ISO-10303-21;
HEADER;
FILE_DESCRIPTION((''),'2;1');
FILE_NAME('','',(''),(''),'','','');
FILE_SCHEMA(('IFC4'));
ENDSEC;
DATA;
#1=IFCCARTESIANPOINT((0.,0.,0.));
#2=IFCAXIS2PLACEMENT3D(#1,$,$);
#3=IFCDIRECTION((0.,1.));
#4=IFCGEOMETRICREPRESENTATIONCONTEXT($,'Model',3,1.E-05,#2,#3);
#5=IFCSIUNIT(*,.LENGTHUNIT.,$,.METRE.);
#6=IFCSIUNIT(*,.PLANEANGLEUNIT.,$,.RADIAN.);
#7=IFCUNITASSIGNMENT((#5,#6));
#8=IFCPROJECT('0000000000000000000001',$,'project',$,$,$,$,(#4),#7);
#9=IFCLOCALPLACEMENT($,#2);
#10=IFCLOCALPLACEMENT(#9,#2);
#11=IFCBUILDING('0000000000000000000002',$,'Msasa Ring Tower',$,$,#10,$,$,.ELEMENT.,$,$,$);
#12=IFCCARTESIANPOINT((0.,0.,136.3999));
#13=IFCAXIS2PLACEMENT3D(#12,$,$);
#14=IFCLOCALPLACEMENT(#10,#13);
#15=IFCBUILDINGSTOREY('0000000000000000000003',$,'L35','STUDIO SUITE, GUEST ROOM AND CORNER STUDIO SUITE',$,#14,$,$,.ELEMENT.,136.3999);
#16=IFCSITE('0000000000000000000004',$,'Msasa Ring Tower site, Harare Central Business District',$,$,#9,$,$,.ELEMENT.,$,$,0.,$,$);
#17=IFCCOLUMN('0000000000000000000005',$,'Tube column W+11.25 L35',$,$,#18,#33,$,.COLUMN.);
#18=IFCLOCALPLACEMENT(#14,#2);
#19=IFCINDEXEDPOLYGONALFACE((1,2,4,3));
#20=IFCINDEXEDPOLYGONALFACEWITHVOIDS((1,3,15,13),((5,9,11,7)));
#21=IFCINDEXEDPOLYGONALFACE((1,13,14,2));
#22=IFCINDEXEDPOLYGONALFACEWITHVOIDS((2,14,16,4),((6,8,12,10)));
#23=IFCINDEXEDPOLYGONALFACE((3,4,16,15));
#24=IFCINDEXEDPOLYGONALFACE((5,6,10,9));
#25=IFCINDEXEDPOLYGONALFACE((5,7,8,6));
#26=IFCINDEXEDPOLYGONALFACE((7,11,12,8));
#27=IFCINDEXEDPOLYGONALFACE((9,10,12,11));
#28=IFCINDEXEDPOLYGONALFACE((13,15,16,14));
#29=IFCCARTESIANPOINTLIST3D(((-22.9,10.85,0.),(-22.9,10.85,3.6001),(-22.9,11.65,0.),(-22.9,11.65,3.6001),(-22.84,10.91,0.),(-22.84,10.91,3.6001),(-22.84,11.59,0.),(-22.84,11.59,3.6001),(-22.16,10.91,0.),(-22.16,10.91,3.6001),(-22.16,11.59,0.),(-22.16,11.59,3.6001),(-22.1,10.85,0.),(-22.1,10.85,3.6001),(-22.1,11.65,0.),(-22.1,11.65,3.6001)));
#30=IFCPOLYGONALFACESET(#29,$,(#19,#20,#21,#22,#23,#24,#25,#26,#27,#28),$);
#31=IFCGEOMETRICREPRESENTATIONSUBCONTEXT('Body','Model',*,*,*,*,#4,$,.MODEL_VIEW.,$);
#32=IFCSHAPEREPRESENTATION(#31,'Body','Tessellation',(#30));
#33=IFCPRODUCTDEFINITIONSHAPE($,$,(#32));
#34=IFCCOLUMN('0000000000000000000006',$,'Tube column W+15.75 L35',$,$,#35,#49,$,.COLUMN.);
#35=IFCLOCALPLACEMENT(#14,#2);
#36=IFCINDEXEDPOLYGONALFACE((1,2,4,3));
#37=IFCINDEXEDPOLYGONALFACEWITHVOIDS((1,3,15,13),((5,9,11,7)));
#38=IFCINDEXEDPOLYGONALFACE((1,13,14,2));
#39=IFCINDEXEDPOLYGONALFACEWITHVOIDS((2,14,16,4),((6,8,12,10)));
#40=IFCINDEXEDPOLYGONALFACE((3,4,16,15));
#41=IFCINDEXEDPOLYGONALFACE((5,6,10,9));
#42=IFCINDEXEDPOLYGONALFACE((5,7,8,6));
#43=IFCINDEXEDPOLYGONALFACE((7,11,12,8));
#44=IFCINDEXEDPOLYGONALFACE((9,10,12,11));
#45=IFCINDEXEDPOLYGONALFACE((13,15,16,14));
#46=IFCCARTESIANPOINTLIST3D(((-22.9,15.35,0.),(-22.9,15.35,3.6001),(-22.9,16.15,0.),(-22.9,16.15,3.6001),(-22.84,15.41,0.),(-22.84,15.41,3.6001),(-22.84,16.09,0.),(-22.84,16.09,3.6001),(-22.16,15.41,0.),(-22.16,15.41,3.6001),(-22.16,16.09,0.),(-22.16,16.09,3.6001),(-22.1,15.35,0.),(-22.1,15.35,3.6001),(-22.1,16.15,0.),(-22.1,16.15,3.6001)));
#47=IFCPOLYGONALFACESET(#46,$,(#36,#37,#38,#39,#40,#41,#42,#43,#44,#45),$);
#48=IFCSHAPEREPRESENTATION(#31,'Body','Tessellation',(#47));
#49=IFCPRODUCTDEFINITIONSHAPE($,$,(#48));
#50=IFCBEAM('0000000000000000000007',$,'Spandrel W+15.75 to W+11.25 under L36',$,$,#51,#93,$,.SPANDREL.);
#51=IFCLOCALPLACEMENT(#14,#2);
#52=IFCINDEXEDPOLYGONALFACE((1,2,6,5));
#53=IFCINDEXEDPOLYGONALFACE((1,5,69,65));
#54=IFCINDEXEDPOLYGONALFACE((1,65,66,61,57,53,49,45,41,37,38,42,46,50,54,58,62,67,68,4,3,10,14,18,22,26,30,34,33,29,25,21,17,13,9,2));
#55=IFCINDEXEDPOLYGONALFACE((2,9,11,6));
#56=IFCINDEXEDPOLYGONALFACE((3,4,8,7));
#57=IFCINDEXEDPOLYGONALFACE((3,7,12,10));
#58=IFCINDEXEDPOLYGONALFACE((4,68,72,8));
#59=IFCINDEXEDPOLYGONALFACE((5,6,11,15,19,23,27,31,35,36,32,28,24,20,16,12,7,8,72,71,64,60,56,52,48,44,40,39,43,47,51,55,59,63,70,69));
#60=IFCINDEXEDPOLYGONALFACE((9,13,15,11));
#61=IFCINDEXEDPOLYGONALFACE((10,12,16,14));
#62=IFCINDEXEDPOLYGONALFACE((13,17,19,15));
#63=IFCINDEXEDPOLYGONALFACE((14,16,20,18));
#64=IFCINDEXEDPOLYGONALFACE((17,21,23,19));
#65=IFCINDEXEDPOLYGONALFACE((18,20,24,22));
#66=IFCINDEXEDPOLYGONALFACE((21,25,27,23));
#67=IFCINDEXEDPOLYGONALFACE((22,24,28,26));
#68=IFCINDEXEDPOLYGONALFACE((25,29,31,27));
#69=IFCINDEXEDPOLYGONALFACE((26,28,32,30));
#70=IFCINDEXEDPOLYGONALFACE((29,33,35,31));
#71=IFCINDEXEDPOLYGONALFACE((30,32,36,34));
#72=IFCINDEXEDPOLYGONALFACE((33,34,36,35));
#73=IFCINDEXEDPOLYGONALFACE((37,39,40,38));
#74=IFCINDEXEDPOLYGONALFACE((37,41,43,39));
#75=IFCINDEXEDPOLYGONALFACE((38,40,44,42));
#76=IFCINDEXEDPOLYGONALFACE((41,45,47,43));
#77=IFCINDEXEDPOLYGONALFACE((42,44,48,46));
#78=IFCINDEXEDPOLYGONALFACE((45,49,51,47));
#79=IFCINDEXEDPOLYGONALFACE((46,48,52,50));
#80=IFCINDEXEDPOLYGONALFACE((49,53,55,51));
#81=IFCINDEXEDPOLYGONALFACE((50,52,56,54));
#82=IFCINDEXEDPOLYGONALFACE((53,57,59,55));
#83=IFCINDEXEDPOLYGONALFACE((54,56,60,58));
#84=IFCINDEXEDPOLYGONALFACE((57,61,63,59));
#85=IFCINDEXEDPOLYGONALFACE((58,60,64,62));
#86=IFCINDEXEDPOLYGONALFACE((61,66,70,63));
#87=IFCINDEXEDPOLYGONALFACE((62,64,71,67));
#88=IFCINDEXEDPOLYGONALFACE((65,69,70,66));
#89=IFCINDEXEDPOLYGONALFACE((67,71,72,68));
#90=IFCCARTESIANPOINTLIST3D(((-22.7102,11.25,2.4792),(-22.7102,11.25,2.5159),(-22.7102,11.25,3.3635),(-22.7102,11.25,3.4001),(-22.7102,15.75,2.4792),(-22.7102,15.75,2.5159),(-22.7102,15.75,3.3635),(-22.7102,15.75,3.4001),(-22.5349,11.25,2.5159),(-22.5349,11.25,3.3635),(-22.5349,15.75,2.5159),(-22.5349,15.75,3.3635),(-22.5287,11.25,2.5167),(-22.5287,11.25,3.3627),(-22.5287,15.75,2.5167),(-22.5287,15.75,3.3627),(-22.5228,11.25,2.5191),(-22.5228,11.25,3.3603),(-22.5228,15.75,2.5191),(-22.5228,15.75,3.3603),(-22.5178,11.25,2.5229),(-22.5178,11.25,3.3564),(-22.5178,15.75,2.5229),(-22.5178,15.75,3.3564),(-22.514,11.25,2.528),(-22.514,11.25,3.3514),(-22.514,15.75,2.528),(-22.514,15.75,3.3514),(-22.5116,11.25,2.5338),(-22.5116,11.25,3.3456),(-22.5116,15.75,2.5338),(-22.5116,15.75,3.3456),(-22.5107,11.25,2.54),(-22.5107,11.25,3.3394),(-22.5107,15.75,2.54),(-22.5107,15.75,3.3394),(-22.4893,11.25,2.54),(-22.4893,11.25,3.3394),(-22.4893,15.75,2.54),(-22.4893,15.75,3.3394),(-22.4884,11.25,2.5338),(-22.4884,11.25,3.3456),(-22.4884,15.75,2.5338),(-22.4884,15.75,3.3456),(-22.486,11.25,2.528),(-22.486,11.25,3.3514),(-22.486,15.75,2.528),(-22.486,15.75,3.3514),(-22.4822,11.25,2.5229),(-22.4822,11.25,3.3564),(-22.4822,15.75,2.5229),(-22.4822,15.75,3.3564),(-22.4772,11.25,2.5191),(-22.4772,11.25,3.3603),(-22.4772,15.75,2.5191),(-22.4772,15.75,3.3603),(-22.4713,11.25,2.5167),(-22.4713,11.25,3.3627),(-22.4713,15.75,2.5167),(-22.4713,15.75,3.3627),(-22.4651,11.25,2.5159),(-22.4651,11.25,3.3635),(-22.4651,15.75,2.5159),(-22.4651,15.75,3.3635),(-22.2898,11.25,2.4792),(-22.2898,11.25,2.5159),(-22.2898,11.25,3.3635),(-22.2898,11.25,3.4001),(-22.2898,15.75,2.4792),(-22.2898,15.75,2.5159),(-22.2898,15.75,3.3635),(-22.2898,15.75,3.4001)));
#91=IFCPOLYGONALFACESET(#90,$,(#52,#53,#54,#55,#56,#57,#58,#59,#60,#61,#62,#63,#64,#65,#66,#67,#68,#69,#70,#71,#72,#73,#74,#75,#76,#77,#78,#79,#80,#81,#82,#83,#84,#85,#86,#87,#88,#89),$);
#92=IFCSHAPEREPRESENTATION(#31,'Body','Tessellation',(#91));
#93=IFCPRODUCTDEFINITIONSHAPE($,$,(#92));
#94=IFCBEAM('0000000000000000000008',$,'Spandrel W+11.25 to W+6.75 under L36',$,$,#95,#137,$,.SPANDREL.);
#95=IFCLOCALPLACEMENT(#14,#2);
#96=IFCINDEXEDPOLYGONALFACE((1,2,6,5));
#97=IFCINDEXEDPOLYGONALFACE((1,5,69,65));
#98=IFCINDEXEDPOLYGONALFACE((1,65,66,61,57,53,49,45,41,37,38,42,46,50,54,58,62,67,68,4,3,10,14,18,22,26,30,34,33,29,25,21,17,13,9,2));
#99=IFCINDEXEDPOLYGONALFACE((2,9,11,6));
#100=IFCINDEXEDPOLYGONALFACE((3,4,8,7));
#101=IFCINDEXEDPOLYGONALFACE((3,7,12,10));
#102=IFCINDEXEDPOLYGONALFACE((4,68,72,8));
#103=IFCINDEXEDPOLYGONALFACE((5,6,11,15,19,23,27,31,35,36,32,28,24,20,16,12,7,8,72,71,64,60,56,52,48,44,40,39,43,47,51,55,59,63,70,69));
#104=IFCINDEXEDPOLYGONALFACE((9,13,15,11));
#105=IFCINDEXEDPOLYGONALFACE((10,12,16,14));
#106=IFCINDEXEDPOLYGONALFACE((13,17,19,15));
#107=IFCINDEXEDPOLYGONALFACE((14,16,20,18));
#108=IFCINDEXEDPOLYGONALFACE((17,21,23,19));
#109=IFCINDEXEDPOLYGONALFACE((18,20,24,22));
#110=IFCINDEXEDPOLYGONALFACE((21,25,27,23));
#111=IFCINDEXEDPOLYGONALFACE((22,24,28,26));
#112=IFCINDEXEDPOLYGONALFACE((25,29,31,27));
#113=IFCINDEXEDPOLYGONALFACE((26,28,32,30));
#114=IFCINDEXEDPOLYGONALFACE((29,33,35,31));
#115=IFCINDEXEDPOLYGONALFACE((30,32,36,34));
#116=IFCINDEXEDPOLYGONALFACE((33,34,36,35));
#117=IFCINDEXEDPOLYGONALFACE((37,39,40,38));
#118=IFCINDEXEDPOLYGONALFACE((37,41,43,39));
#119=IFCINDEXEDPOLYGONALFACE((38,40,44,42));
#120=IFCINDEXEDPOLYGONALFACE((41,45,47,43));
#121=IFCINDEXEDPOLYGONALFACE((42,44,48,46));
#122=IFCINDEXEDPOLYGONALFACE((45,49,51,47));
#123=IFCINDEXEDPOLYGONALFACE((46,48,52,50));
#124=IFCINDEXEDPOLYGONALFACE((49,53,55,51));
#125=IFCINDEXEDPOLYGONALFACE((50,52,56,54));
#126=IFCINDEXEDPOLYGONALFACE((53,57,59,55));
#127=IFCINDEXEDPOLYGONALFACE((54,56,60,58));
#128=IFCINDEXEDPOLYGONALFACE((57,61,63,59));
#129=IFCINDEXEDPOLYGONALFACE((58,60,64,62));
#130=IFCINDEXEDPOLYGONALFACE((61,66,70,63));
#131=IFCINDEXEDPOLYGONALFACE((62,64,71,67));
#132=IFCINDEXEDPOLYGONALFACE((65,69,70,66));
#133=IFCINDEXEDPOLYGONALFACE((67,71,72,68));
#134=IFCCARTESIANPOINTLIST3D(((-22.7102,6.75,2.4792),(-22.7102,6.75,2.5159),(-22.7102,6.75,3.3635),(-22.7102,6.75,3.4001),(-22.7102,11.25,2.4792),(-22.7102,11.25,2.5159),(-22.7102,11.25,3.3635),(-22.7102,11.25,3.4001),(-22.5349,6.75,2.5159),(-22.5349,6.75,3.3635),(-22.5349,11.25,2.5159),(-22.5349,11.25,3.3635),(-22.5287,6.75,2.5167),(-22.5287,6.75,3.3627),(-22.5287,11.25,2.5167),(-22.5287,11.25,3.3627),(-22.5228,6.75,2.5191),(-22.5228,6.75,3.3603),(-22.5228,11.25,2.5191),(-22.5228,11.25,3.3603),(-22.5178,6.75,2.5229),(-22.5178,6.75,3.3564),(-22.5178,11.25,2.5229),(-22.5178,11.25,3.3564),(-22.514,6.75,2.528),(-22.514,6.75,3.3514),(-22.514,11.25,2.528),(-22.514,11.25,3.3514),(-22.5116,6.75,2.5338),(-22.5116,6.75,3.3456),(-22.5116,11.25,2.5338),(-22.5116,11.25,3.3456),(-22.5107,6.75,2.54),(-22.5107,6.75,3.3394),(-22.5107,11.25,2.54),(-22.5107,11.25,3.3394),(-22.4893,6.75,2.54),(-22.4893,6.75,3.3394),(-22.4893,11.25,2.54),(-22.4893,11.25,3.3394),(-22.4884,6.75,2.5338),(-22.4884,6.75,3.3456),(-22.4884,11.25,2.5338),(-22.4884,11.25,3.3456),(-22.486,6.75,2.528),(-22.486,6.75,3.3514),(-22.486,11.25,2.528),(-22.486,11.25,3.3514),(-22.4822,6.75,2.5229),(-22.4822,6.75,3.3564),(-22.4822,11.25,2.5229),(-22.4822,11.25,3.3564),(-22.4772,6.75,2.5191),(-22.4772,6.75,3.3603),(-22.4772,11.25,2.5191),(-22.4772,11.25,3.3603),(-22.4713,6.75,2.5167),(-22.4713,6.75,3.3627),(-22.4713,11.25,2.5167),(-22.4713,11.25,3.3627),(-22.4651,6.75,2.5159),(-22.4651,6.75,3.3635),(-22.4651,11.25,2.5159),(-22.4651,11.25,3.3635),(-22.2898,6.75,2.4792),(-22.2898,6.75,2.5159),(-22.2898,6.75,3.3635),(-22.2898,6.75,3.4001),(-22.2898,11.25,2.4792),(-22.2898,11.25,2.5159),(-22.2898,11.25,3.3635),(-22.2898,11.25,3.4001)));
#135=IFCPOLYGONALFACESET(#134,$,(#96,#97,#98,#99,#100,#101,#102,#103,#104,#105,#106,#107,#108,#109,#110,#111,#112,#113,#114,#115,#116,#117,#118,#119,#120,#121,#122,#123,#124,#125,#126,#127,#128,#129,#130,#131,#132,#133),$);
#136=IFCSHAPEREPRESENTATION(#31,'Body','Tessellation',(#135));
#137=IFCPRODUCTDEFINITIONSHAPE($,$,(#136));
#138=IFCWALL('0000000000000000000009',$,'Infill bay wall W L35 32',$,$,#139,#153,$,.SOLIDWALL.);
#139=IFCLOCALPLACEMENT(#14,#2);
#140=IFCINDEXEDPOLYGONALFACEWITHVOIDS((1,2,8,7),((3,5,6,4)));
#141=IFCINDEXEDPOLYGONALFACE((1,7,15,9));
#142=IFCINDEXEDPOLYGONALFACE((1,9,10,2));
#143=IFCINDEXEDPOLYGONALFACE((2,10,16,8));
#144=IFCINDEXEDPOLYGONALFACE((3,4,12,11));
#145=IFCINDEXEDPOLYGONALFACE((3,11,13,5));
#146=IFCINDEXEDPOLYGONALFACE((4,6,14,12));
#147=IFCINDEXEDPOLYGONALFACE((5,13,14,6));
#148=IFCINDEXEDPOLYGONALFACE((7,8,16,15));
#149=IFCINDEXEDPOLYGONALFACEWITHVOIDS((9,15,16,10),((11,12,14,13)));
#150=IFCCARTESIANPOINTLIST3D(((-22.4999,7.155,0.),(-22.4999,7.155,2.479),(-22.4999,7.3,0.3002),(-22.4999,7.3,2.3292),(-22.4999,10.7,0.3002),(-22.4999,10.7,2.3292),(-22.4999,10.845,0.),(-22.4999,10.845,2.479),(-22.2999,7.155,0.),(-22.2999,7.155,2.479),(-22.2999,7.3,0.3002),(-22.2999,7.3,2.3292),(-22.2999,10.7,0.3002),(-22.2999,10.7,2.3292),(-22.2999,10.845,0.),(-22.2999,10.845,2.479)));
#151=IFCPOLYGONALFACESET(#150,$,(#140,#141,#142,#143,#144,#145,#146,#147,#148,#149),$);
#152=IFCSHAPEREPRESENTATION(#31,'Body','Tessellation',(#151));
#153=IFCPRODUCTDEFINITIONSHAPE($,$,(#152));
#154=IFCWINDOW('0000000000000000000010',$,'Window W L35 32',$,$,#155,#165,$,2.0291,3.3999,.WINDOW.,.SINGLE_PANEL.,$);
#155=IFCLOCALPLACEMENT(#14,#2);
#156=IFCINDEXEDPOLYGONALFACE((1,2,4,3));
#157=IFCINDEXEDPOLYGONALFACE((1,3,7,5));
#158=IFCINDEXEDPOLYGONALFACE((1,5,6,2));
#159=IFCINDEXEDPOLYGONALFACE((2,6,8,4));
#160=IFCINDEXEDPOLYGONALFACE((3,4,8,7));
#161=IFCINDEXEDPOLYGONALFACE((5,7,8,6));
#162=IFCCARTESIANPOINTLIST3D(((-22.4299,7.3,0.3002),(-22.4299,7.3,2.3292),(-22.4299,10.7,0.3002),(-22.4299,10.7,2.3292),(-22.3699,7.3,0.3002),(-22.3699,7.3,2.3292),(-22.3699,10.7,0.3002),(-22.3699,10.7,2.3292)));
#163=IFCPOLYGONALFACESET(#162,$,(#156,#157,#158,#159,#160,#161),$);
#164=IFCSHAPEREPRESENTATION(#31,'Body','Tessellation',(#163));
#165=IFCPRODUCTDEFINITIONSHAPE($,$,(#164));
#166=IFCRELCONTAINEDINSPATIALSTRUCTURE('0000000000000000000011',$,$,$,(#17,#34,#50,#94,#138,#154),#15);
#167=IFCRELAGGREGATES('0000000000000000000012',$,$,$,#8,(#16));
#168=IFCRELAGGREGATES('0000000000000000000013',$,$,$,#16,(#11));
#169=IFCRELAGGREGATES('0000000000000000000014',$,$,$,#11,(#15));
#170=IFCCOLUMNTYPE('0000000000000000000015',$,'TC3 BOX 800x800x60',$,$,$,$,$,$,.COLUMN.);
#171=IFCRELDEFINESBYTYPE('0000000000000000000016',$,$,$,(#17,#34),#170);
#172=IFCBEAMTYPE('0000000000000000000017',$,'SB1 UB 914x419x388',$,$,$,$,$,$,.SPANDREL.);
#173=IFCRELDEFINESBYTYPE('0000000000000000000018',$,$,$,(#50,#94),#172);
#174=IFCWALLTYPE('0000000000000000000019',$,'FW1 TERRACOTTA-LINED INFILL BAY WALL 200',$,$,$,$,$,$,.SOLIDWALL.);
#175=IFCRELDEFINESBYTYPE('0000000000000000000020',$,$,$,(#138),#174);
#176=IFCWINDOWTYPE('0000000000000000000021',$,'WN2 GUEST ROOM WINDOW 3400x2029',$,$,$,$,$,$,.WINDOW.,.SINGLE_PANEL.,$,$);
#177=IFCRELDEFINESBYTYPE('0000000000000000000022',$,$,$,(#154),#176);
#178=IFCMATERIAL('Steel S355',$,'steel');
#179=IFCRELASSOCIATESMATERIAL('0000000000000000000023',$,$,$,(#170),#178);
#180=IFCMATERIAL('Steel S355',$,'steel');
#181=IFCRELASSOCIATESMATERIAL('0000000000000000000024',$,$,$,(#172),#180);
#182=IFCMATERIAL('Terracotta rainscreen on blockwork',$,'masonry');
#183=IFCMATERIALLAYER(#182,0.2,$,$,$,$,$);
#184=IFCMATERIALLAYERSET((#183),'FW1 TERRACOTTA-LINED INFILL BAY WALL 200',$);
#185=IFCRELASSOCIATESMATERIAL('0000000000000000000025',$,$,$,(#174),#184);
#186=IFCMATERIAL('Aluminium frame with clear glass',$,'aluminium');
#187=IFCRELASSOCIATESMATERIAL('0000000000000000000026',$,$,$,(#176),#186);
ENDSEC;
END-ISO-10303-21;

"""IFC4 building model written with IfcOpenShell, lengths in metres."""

from ifc_helpers import new_model, si_unit, direction, frame, frame_2d, origin, origin_2d, place, context, subcontext, project, spatial, rectangle, hollow_rectangle, i_section, extrude, material, layer, layer_set, material_profile, profile_set, type_object, element, fill, save


model = new_model("IFC4")

# Units and contexts
model_context = context("Model", 3, precision=1e-05, world=origin(), true_north=direction((0.0, 1.0)))
body_context = subcontext(model_context, "Body", "Model", "MODEL_VIEW")
ifc_project = project(units=[si_unit("LENGTHUNIT", "METRE"), si_unit("PLANEANGLEUNIT", "RADIAN")], contexts=[model_context])

# Site, building, storey
site_placement = place(None, origin())
site = spatial("IfcSite", under=ifc_project, at=site_placement, Name="Msasa Ring Tower site, Harare Central Business District", CompositionType="ELEMENT", RefElevation=0.0)
building_placement = place(site_placement, origin())
building = spatial("IfcBuilding", under=site, at=building_placement, Name="Msasa Ring Tower", CompositionType="ELEMENT")
storey_placement = place(building_placement, frame((0.0, 0.0, 136.3999)))
storey = spatial("IfcBuildingStorey", under=building, at=storey_placement, Name="L35", Description="STUDIO SUITE, GUEST ROOM AND CORNER STUDIO SUITE", CompositionType="ELEMENT", Elevation=136.3999)

# Columns
ifc_material_1 = material(Name="Steel S355", Category="steel")
ifc_material_profile_1 = material_profile(ifc_material_1, hollow_rectangle(XDim=0.8, YDim=0.8, WallThickness=0.0601, at=origin_2d()), Name="BOX 800x800x60")
ifc_profile_set_1 = profile_set([ifc_material_profile_1], Name="Steel S355")
column_type = type_object("IfcColumnType", Name="TC3 BOX 800x800x60", PredefinedType="COLUMN", material=ifc_profile_set_1)
for number, where, z_axis, x_axis, name in (
    (1, (-22.5, 11.25, 0.0), (0.0, 0.0, 1.0), (1.0, 0.0, 0.0), "Tube column W+11.25 L35"),
    (2, (-22.5, 15.75, 0.0), (0.0, 0.0, 1.0), (1.0, 0.0, 0.0), "Tube column W+15.75 L35"),
):
    element("IfcColumn", number, at=place(storey_placement, frame(where, z_axis=z_axis, x_axis=x_axis)), inside=storey, type_object=column_type, Name=name, PredefinedType="COLUMN", context=body_context, shape_type="SweptSolid", body=[
        extrude(hollow_rectangle(XDim=0.8, YDim=0.8, WallThickness=0.0601, at=origin_2d()), origin(), (0.0, 0.0, 1.0), 3.6001),
    ])

# Beams
ifc_material_2 = material(Name="Steel S355", Category="steel")
ifc_material_profile_2 = material_profile(ifc_material_2, i_section(OverallWidth=0.4204, OverallDepth=0.9209, WebThickness=0.0215, FlangeThickness=0.0366, FilletRadius=0.0242, at=origin_2d()), Name="UB 914x419x388")
ifc_profile_set_2 = profile_set([ifc_material_profile_2], Name="Steel S355")
beam_type = type_object("IfcBeamType", Name="SB1 UB 914x419x388", PredefinedType="SPANDREL", material=ifc_profile_set_2)
for number, where, z_axis, x_axis, name in (
    (3, (-22.5, 15.75, 2.9397), (0.0, -1.0, 0.0), (1.0, 0.0, 0.0), "Spandrel W+15.75 to W+11.25 under L36"),
    (4, (-22.5, 11.25, 2.9397), (0.0, -1.0, 0.0), (1.0, 0.0, 0.0), "Spandrel W+11.25 to W+6.75 under L36"),
):
    element("IfcBeam", number, at=place(storey_placement, frame(where, z_axis=z_axis, x_axis=x_axis)), inside=storey, type_object=beam_type, Name=name, PredefinedType="SPANDREL", context=body_context, shape_type="SweptSolid", body=[
        extrude(i_section(OverallWidth=0.4204, OverallDepth=0.9209, WebThickness=0.0215, FlangeThickness=0.0366, FilletRadius=0.0242, at=origin_2d()), origin(), (0.0, 0.0, 1.0), 4.5),
    ])

# Wall, opening, window
ifc_material_3 = material(Name="Terracotta rainscreen on blockwork", Category="masonry")
ifc_layer_1 = layer(ifc_material_3, 0.2)
ifc_layer_set_1 = layer_set([ifc_layer_1], Name="FW1 TERRACOTTA-LINED INFILL BAY WALL 200")
wall_type_1 = type_object("IfcWallType", Name="FW1 TERRACOTTA-LINED INFILL BAY WALL 200", PredefinedType="SOLIDWALL", material=ifc_layer_set_1)
wall_1_placement = place(storey_placement, frame((-22.3999, 7.155, 0.0), z_axis=(0.0, 0.0, 1.0), x_axis=(0.0, 1.0, 0.0)))
wall_1 = element("IfcWall", 5, at=wall_1_placement, inside=storey, type_object=wall_type_1, Name="Infill bay wall W L35 32", PredefinedType="SOLIDWALL", context=body_context, shape_type="SweptSolid", body=[
    extrude(rectangle(XDim=3.6899, YDim=0.2, at=frame_2d((1.845, 0.0))), origin(), (0.0, 0.0, 1.0), 2.479),
])
opening_1_placement = place(wall_1_placement, frame((0.145, 0.0, 0.3)))
opening_1 = element("IfcOpeningElement", 6, at=opening_1_placement, cuts=wall_1, PredefinedType="OPENING", context=body_context, shape_type="SweptSolid", body=[
    extrude(rectangle(XDim=3.3999, YDim=2.0291, at=frame_2d((1.7, 1.0146))), frame((0.0, 0.1099, 0.0), z_axis=(0.0, -1.0, 0.0), x_axis=(1.0, 0.0, 0.0)), (0.0, 0.0, 1.0), 0.22),
])
ifc_material_4 = material(Name="Aluminium frame with clear glass", Category="aluminium")
window_type = type_object("IfcWindowType", Name="WN2 GUEST ROOM WINDOW 3400x2029", PartitioningType="SINGLE_PANEL", PredefinedType="WINDOW", material=ifc_material_4)
window_1_placement = place(opening_1_placement, origin())
window_1 = element("IfcWindow", 7, at=window_1_placement, inside=storey, type_object=window_type, Name="Window W L35 32", OverallHeight=2.0291, OverallWidth=3.3999, PartitioningType="SINGLE_PANEL", PredefinedType="WINDOW", context=body_context, shape_type="SweptSolid", body=[
    extrude(rectangle(XDim=3.3999, YDim=2.0291, at=frame_2d((1.7, 1.0146))), frame((0.0, 0.03, 0.0), z_axis=(0.0, -1.0, 0.0), x_axis=(1.0, 0.0, 0.0)), (0.0, 0.0, 1.0), 0.0601),
])
fill(opening_1, window_1)

save(model, "model.ifc")
